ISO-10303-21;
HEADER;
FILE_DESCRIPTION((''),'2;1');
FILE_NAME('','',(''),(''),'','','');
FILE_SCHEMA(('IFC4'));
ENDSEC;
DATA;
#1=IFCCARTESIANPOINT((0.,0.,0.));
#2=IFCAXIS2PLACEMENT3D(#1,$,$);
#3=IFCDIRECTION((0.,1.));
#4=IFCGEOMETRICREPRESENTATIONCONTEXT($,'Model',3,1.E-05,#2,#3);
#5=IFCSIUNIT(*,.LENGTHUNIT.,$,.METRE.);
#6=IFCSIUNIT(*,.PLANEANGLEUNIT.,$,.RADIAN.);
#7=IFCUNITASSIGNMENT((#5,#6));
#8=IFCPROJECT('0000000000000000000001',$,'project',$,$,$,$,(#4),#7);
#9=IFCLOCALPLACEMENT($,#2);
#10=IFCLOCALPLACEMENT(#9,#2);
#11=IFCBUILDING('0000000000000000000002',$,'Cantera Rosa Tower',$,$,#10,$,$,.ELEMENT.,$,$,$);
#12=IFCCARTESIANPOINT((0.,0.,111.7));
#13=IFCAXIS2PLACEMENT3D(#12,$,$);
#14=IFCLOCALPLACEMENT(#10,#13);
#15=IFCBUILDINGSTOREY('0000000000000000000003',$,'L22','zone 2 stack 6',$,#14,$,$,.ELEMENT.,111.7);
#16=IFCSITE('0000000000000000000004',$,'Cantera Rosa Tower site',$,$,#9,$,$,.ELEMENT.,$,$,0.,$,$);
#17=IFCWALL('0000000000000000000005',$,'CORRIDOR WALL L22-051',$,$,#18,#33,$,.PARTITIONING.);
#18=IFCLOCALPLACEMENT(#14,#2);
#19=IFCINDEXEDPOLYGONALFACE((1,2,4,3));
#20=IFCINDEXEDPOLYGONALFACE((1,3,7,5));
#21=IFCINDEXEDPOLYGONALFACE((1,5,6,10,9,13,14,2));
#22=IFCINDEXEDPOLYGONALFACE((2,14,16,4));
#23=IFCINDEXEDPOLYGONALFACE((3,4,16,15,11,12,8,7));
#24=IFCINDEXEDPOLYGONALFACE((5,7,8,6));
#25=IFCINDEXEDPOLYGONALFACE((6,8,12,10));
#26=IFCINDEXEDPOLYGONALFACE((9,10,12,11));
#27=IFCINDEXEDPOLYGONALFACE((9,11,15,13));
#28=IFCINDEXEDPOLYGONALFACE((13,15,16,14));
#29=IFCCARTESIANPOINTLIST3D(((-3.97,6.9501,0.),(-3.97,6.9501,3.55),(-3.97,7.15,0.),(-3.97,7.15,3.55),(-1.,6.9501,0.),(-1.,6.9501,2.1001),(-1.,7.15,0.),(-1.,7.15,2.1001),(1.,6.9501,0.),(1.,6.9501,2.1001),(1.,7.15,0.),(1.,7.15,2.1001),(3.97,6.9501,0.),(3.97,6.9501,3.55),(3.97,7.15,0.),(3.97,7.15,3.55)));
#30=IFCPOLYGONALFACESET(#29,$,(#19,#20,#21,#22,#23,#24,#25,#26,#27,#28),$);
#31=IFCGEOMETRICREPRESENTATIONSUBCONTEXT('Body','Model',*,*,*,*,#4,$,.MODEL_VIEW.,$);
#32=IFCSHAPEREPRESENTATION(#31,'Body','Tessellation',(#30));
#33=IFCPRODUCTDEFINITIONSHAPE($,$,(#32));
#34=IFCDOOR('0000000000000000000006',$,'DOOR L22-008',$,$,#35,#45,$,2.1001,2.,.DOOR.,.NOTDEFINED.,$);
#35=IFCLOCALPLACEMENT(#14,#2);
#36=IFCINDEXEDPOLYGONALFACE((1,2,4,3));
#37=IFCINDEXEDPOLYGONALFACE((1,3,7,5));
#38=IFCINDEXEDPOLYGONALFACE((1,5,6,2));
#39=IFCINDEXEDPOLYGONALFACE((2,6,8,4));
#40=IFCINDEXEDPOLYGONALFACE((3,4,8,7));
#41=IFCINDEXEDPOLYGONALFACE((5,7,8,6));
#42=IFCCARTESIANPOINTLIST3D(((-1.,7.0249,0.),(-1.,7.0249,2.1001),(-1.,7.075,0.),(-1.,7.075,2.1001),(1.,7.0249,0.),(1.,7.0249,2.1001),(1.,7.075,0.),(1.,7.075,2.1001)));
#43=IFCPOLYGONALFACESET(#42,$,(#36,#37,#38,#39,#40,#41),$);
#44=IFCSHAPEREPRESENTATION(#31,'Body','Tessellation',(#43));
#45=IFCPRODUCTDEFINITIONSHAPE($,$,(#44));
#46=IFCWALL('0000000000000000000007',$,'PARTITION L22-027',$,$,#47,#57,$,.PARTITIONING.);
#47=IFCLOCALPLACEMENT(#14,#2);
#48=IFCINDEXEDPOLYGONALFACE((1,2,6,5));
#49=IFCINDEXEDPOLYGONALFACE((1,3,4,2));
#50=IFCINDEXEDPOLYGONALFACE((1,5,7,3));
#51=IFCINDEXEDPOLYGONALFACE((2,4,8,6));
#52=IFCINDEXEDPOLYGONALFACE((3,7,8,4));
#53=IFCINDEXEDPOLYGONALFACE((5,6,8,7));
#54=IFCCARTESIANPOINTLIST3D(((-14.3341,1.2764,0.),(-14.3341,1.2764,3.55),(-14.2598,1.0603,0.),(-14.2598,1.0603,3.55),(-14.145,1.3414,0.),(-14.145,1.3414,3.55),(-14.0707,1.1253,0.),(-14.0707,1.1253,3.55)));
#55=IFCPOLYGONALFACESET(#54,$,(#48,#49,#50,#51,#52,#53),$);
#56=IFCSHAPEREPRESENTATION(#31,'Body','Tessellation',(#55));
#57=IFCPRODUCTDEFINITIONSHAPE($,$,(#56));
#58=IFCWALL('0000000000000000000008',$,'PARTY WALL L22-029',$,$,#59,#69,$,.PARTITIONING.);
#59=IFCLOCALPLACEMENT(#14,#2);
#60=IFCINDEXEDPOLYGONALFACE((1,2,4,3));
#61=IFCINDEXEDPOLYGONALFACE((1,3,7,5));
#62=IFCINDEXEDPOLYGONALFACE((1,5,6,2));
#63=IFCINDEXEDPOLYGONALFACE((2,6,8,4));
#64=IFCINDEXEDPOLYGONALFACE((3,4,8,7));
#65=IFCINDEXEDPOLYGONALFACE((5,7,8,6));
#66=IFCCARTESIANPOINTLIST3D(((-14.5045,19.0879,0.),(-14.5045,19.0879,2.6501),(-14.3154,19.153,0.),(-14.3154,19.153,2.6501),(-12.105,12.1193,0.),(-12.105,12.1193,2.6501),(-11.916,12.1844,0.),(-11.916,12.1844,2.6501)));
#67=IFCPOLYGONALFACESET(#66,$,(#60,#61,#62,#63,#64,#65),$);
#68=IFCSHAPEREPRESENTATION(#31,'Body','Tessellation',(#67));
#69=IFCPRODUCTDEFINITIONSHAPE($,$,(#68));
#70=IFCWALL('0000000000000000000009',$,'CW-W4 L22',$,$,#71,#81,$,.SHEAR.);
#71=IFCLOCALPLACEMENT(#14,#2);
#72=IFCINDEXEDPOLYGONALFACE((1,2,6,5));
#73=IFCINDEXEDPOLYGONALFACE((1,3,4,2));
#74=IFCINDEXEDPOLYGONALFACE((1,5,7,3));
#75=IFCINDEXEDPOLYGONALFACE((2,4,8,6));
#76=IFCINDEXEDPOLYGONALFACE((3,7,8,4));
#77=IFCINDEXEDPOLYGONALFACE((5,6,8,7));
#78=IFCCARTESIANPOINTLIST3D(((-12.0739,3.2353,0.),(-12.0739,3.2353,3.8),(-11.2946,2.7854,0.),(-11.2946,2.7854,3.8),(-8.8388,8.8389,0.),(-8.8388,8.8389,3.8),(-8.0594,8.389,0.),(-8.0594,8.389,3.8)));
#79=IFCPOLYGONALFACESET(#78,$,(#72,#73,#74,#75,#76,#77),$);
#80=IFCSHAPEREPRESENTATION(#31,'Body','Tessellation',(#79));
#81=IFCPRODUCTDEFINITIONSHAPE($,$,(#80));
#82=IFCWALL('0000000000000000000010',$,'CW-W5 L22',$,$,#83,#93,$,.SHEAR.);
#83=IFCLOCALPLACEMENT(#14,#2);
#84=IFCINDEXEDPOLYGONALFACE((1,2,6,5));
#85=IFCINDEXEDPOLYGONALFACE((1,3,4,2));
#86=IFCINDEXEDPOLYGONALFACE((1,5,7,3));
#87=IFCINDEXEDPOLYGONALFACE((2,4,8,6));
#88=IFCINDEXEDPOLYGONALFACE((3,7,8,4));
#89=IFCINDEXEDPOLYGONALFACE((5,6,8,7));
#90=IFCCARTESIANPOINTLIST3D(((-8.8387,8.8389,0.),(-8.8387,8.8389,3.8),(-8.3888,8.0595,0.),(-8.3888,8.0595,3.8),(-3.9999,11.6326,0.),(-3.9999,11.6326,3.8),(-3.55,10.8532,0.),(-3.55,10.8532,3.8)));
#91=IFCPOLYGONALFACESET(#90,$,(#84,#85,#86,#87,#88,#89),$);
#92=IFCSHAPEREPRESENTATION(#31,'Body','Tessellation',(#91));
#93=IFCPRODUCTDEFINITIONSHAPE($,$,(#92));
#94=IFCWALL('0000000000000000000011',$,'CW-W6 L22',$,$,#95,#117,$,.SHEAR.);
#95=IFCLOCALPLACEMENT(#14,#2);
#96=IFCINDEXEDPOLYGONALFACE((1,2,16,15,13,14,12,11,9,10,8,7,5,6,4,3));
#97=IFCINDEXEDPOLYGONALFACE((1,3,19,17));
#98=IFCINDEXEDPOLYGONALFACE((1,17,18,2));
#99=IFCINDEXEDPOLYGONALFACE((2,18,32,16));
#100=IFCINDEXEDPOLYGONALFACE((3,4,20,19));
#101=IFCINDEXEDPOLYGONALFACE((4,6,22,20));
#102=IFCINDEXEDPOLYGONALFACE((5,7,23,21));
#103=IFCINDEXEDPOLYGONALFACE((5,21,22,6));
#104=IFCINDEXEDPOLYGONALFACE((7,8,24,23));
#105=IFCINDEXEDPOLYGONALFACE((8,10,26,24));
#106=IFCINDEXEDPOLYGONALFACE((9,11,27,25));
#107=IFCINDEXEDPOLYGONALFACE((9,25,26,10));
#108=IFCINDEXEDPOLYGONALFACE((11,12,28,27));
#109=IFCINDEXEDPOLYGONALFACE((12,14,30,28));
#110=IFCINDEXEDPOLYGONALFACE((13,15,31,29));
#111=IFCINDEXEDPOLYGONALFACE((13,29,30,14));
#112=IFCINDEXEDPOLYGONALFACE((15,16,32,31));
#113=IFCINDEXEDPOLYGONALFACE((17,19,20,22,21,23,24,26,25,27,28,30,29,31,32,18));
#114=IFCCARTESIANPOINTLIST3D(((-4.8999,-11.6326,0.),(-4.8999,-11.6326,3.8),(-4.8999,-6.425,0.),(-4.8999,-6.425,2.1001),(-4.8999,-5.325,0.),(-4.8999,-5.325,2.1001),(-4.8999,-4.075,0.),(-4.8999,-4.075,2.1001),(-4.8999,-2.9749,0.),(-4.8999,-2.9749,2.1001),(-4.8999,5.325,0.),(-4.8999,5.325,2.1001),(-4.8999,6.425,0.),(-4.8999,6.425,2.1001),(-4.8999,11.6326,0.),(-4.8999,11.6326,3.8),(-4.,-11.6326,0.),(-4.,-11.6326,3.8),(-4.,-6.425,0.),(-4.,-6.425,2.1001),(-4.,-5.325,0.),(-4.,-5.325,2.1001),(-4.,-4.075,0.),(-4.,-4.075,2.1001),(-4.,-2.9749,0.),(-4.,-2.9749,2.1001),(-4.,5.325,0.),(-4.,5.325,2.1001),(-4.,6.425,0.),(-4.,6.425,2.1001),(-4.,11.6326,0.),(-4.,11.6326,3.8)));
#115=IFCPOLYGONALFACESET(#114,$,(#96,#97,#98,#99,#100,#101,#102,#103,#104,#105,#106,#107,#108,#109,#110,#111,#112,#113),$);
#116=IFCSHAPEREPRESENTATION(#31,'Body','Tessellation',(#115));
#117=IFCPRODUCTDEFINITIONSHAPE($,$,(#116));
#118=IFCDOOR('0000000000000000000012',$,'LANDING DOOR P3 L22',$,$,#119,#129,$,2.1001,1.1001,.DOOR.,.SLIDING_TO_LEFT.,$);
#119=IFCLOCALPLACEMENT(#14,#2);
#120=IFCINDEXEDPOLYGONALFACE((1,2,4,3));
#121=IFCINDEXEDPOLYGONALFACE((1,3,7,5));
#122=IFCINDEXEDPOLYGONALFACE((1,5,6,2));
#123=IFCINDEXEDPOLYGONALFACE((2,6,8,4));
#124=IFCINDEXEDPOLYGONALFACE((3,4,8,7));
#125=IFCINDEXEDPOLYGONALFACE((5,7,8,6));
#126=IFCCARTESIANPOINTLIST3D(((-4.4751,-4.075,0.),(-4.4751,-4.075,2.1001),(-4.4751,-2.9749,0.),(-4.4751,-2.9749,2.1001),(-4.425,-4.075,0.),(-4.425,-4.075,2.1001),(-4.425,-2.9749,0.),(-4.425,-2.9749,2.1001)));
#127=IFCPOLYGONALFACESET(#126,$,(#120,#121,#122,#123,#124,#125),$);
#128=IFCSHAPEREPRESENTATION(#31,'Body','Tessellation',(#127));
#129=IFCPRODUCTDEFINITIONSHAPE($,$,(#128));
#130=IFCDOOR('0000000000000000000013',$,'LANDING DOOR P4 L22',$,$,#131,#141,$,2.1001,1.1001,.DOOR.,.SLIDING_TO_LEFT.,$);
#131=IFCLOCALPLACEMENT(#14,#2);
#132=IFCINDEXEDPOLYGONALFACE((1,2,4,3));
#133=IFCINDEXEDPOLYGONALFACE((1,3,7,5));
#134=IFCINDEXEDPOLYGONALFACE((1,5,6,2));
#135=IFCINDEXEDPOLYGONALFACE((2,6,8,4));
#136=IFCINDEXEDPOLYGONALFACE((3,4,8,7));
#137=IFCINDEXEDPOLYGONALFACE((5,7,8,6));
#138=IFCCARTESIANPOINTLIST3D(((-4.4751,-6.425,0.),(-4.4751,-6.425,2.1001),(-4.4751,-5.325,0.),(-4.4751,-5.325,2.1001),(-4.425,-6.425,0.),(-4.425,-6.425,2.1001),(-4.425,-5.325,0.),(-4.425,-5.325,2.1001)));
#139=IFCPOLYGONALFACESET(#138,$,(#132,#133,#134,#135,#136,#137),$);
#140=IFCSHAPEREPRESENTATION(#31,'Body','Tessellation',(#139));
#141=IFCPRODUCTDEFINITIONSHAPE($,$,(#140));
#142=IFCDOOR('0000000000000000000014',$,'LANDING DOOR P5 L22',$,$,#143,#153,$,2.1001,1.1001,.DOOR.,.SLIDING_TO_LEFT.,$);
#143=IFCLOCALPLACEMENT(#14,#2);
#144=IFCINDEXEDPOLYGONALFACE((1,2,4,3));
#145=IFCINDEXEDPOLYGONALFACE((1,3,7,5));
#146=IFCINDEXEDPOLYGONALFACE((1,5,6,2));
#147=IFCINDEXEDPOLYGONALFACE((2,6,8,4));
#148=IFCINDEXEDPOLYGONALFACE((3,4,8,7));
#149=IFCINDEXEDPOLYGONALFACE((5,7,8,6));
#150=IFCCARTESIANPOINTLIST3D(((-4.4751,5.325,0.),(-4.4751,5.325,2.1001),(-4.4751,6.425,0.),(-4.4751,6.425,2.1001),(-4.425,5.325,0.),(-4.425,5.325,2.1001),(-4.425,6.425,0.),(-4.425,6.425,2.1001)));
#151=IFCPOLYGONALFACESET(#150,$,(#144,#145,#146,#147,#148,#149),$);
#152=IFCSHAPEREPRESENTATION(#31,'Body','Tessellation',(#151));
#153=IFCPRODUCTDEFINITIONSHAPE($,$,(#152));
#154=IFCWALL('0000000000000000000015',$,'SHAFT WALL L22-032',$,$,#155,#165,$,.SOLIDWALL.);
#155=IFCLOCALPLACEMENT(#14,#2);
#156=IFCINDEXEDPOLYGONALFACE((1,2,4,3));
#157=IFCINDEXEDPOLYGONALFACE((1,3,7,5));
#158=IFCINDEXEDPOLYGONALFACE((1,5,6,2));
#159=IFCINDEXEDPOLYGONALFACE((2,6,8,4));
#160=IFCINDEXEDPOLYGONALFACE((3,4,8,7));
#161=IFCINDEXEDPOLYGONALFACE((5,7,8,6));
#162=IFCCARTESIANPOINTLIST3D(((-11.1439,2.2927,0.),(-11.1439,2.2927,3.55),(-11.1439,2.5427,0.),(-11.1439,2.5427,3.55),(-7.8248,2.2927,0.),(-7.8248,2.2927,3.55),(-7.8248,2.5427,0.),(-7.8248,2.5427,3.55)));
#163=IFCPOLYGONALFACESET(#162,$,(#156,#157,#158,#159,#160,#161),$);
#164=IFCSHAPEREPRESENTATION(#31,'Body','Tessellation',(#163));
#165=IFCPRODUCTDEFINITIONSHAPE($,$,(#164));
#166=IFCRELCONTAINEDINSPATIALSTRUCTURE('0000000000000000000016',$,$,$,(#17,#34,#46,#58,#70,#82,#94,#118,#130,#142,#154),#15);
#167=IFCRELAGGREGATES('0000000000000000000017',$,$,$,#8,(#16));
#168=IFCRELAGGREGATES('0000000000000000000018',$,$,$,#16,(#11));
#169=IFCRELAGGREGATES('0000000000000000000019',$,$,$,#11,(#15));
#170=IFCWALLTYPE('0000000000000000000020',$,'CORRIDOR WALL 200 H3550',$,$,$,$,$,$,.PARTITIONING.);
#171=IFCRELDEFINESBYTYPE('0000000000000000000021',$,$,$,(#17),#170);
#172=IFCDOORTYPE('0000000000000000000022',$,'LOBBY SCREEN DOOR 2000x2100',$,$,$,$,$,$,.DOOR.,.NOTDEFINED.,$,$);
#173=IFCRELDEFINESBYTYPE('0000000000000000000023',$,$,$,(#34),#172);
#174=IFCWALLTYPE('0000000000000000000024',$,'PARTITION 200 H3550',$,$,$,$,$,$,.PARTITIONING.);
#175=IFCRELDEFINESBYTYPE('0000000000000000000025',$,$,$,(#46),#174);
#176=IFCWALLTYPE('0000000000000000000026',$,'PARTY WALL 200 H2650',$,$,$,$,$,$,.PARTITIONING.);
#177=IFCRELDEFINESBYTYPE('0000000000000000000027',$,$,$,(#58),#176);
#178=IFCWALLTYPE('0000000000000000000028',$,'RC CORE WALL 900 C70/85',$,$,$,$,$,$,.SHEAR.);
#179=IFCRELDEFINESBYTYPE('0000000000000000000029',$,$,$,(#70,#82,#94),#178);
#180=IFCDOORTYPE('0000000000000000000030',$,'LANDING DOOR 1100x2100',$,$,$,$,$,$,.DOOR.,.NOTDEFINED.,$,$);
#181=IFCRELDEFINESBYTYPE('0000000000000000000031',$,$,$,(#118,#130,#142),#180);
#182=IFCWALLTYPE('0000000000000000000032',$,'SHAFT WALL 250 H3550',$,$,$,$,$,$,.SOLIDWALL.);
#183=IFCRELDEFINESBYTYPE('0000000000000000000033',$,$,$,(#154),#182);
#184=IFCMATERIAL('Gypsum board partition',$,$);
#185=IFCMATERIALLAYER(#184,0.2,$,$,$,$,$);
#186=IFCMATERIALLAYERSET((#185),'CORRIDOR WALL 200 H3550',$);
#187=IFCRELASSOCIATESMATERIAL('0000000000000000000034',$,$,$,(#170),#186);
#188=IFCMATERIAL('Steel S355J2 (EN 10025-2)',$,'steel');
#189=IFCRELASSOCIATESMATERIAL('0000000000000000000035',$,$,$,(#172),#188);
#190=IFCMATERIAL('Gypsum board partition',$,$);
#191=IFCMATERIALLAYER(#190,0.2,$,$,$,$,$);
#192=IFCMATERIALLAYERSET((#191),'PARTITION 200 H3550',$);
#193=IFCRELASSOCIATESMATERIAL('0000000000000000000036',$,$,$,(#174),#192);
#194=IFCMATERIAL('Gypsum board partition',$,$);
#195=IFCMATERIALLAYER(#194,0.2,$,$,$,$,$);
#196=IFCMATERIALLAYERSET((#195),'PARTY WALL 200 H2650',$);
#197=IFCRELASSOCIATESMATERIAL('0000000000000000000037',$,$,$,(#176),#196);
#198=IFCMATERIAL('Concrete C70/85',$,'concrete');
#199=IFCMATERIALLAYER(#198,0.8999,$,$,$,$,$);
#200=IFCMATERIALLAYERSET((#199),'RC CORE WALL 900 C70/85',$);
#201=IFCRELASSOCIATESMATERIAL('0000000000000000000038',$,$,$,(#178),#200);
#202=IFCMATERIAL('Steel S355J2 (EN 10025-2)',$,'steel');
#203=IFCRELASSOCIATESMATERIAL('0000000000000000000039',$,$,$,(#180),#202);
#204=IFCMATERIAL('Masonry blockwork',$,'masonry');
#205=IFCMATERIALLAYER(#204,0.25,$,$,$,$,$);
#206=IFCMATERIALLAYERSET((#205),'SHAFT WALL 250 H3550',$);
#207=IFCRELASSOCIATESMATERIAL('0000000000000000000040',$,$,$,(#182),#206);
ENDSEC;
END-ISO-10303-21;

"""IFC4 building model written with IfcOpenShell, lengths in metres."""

from ifc_helpers import new_model, si_unit, direction, frame, frame_2d, origin, place, context, subcontext, project, spatial, rectangle, extrude, material, layer, layer_set, type_object, element, fill, save


model = new_model("IFC4")

# Units and contexts
model_context = context("Model", 3, precision=1e-05, world=origin(), true_north=direction((0.0, 1.0)))
body_context = subcontext(model_context, "Body", "Model", "MODEL_VIEW")
ifc_project = project(units=[si_unit("LENGTHUNIT", "METRE"), si_unit("PLANEANGLEUNIT", "RADIAN")], contexts=[model_context])

# Site, building, storey
site_placement = place(None, origin())
site = spatial("IfcSite", under=ifc_project, at=site_placement, Name="Cantera Rosa Tower site", CompositionType="ELEMENT", RefElevation=0.0)
building_placement = place(site_placement, origin())
building = spatial("IfcBuilding", under=site, at=building_placement, Name="Cantera Rosa Tower", CompositionType="ELEMENT")
storey_placement = place(building_placement, frame((0.0, 0.0, 111.7)))
storey = spatial("IfcBuildingStorey", under=building, at=storey_placement, Name="L22", Description="zone 2 stack 6", CompositionType="ELEMENT", Elevation=111.7)

# Shared definitions
ifc_material_1 = material(Name="Gypsum board partition")
ifc_layer_1 = layer(ifc_material_1, 0.2)
ifc_layer_set_1 = layer_set([ifc_layer_1], Name="CORRIDOR WALL 200 H3550")
wall_type_1 = type_object("IfcWallType", Name="CORRIDOR WALL 200 H3550", PredefinedType="PARTITIONING", material=ifc_layer_set_1)

# Wall, opening, door
wall_1_placement = place(storey_placement, frame((-3.97, 7.05, 0.0), z_axis=(0.0, 0.0, 1.0), x_axis=(1.0, 0.0, 0.0)))
wall_1 = element("IfcWall", 1, at=wall_1_placement, inside=storey, type_object=wall_type_1, Name="CORRIDOR WALL L22-051", PredefinedType="PARTITIONING", context=body_context, shape_type="SweptSolid", body=[
    extrude(rectangle(XDim=7.9399, YDim=0.2, at=frame_2d((3.97, 0.0))), origin(), (0.0, 0.0, 1.0), 3.55),
])
opening_1_placement = place(wall_1_placement, frame((2.97, 0.0, 0.0)))
opening_1 = element("IfcOpeningElement", 2, at=opening_1_placement, cuts=wall_1, PredefinedType="OPENING", context=body_context, shape_type="SweptSolid", body=[
    extrude(rectangle(XDim=2.0, YDim=2.1001, at=frame_2d((1.0, 1.05))), frame((0.0, 0.1099, 0.0), z_axis=(0.0, -1.0, 0.0), x_axis=(1.0, 0.0, 0.0)), (0.0, 0.0, 1.0), 0.22),
])
ifc_material_2 = material(Name="Steel S355J2 (EN 10025-2)", Category="steel")
door_type_1 = type_object("IfcDoorType", Name="LOBBY SCREEN DOOR 2000x2100", OperationType="NOTDEFINED", PredefinedType="DOOR", material=ifc_material_2)
door_1_placement = place(opening_1_placement, origin())
door_1 = element("IfcDoor", 3, at=door_1_placement, inside=storey, type_object=door_type_1, Name="DOOR L22-008", OperationType="NOTDEFINED", OverallHeight=2.1001, OverallWidth=2.0, PredefinedType="DOOR", context=body_context, shape_type="SweptSolid", body=[
    extrude(rectangle(XDim=2.0, YDim=2.1001, at=frame_2d((1.0, 1.05))), frame((0.0, 0.0249, 0.0), z_axis=(0.0, -1.0, 0.0), x_axis=(1.0, 0.0, 0.0)), (0.0, 0.0, 1.0), 0.05),
])
fill(opening_1, door_1)

# Walls
ifc_material_3 = material(Name="Gypsum board partition")
ifc_layer_2 = layer(ifc_material_3, 0.2)
ifc_layer_set_2 = layer_set([ifc_layer_2], Name="PARTITION 200 H3550")
wall_type_2 = type_object("IfcWallType", Name="PARTITION 200 H3550", PredefinedType="PARTITIONING", material=ifc_layer_set_2)
wall_2_placement = place(storey_placement, frame((-14.1653, 1.0928, 0.0), z_axis=(0.0, 0.0, 1.0), x_axis=(-0.324871, 0.945758, 0.0)))
element("IfcWall", 4, at=wall_2_placement, inside=storey, type_object=wall_type_2, Name="PARTITION L22-027", PredefinedType="PARTITIONING", context=body_context, shape_type="SweptSolid", body=[
    extrude(rectangle(XDim=0.2285, YDim=0.2, at=frame_2d((0.1143, 0.0))), origin(), (0.0, 0.0, 1.0), 3.55),
])
ifc_material_4 = material(Name="Gypsum board partition")
ifc_layer_3 = layer(ifc_material_4, 0.2)
ifc_layer_set_3 = layer_set([ifc_layer_3], Name="PARTY WALL 200 H2650")
wall_type_3 = type_object("IfcWallType", Name="PARTY WALL 200 H2650", PredefinedType="PARTITIONING", material=ifc_layer_set_3)
wall_3_placement = place(storey_placement, frame((-12.0105, 12.1519, 0.0), z_axis=(0.0, 0.0, 1.0), x_axis=(-0.325564, 0.94552, 0.0)))
element("IfcWall", 5, at=wall_3_placement, inside=storey, type_object=wall_type_3, Name="PARTY WALL L22-029", PredefinedType="PARTITIONING", context=body_context, shape_type="SweptSolid", body=[
    extrude(rectangle(XDim=7.3701, YDim=0.2, at=frame_2d((3.6851, 0.0))), origin(), (0.0, 0.0, 1.0), 2.6501),
])
ifc_material_5 = material(Name="Concrete C70/85", Category="concrete")
ifc_layer_4 = layer(ifc_material_5, 0.8999)
ifc_layer_set_4 = layer_set([ifc_layer_4], Name="RC CORE WALL 900 C70/85")
wall_type_4 = type_object("IfcWallType", Name="RC CORE WALL 900 C70/85", PredefinedType="SHEAR", material=ifc_layer_set_4)
wall_4_placement = place(storey_placement, frame((-11.6843, 3.0103, 0.0), z_axis=(0.0, 0.0, 1.0), x_axis=(0.49999, 0.866031, 0.0)))
element("IfcWall", 6, at=wall_4_placement, inside=storey, type_object=wall_type_4, Name="CW-W4 L22", PredefinedType="SHEAR", context=body_context, shape_type="SweptSolid", body=[
    extrude(rectangle(XDim=6.4705, YDim=0.8999, at=frame_2d((3.2354, 0.0))), origin(), (0.0, 0.0, 1.0), 3.8),
])
wall_5_placement = place(storey_placement, frame((-8.6138, 8.4492, 0.0), z_axis=(0.0, 0.0, 1.0), x_axis=(0.866027, 0.499997, 0.0)))
element("IfcWall", 7, at=wall_5_placement, inside=storey, type_object=wall_type_4, Name="CW-W5 L22", PredefinedType="SHEAR", context=body_context, shape_type="SweptSolid", body=[
    extrude(rectangle(XDim=5.5874, YDim=0.8999, at=frame_2d((2.7937, 0.0))), origin(), (0.0, 0.0, 1.0), 3.8),
])

# Wall, openings, doors
wall_6_placement = place(storey_placement, frame((-4.45, 11.6326, 0.0), z_axis=(0.0, 0.0, 1.0), x_axis=(0.0, -1.0, 0.0)))
wall_6 = element("IfcWall", 8, at=wall_6_placement, inside=storey, type_object=wall_type_4, Name="CW-W6 L22", PredefinedType="SHEAR", context=body_context, shape_type="SweptSolid", body=[
    extrude(rectangle(XDim=23.2651, YDim=0.8999, at=frame_2d((11.6326, 0.0))), origin(), (0.0, 0.0, 1.0), 3.8),
])
opening_2_placement = place(wall_6_placement, frame((14.6074, 0.0, 0.0)))
opening_2 = element("IfcOpeningElement", 9, at=opening_2_placement, cuts=wall_6, PredefinedType="OPENING", context=body_context, shape_type="SweptSolid", body=[
    extrude(rectangle(XDim=1.1001, YDim=2.1001, at=frame_2d((0.55, 1.05))), frame((0.0, 0.46, 0.0), z_axis=(0.0, -1.0, 0.0), x_axis=(1.0, 0.0, 0.0)), (0.0, 0.0, 1.0), 0.9199),
])
opening_3_placement = place(wall_6_placement, frame((16.9575, 0.0, 0.0)))
opening_3 = element("IfcOpeningElement", 10, at=opening_3_placement, cuts=wall_6, PredefinedType="OPENING", context=body_context, shape_type="SweptSolid", body=[
    extrude(rectangle(XDim=1.1001, YDim=2.1001, at=frame_2d((0.55, 1.05))), frame((0.0, 0.46, 0.0), z_axis=(0.0, -1.0, 0.0), x_axis=(1.0, 0.0, 0.0)), (0.0, 0.0, 1.0), 0.9199),
])
opening_4_placement = place(wall_6_placement, frame((5.2075, 0.0, 0.0)))
opening_4 = element("IfcOpeningElement", 11, at=opening_4_placement, cuts=wall_6, PredefinedType="OPENING", context=body_context, shape_type="SweptSolid", body=[
    extrude(rectangle(XDim=1.1001, YDim=2.1001, at=frame_2d((0.55, 1.05))), frame((0.0, 0.46, 0.0), z_axis=(0.0, -1.0, 0.0), x_axis=(1.0, 0.0, 0.0)), (0.0, 0.0, 1.0), 0.9199),
])
ifc_material_6 = material(Name="Steel S355J2 (EN 10025-2)", Category="steel")
door_type_2 = type_object("IfcDoorType", Name="LANDING DOOR 1100x2100", OperationType="NOTDEFINED", PredefinedType="DOOR", material=ifc_material_6)
door_2_placement = place(opening_2_placement, origin())
door_2 = element("IfcDoor", 12, at=door_2_placement, inside=storey, type_object=door_type_2, Name="LANDING DOOR P3 L22", OperationType="SLIDING_TO_LEFT", OverallHeight=2.1001, OverallWidth=1.1001, PredefinedType="DOOR", context=body_context, shape_type="SweptSolid", body=[
    extrude(rectangle(XDim=1.1001, YDim=2.1001, at=frame_2d((0.55, 1.05))), frame((0.0, 0.0249, 0.0), z_axis=(0.0, -1.0, 0.0), x_axis=(1.0, 0.0, 0.0)), (0.0, 0.0, 1.0), 0.05),
])
fill(opening_2, door_2)
door_3_placement = place(opening_3_placement, origin())
door_3 = element("IfcDoor", 13, at=door_3_placement, inside=storey, type_object=door_type_2, Name="LANDING DOOR P4 L22", OperationType="SLIDING_TO_LEFT", OverallHeight=2.1001, OverallWidth=1.1001, PredefinedType="DOOR", context=body_context, shape_type="SweptSolid", body=[
    extrude(rectangle(XDim=1.1001, YDim=2.1001, at=frame_2d((0.55, 1.05))), frame((0.0, 0.0249, 0.0), z_axis=(0.0, -1.0, 0.0), x_axis=(1.0, 0.0, 0.0)), (0.0, 0.0, 1.0), 0.05),
])
fill(opening_3, door_3)
door_4_placement = place(opening_4_placement, origin())
door_4 = element("IfcDoor", 14, at=door_4_placement, inside=storey, type_object=door_type_2, Name="LANDING DOOR P5 L22", OperationType="SLIDING_TO_LEFT", OverallHeight=2.1001, OverallWidth=1.1001, PredefinedType="DOOR", context=body_context, shape_type="SweptSolid", body=[
    extrude(rectangle(XDim=1.1001, YDim=2.1001, at=frame_2d((0.55, 1.05))), frame((0.0, 0.0249, 0.0), z_axis=(0.0, -1.0, 0.0), x_axis=(1.0, 0.0, 0.0)), (0.0, 0.0, 1.0), 0.05),
])
fill(opening_4, door_4)

# Wall
ifc_material_7 = material(Name="Masonry blockwork", Category="masonry")
ifc_layer_5 = layer(ifc_material_7, 0.25)
ifc_layer_set_5 = layer_set([ifc_layer_5], Name="SHAFT WALL 250 H3550")
wall_type_5 = type_object("IfcWallType", Name="SHAFT WALL 250 H3550", PredefinedType="SOLIDWALL", material=ifc_layer_set_5)
wall_7_placement = place(storey_placement, frame((-11.144, 2.4177, 0.0), z_axis=(0.0, 0.0, 1.0), x_axis=(1.0, 0.0, 0.0)))
element("IfcWall", 15, at=wall_7_placement, inside=storey, type_object=wall_type_5, Name="SHAFT WALL L22-032", PredefinedType="SOLIDWALL", context=body_context, shape_type="SweptSolid", body=[
    extrude(rectangle(XDim=3.3191, YDim=0.25, at=frame_2d((1.6597, 0.0))), origin(), (0.0, 0.0, 1.0), 3.55),
])

save(model, "model.ifc")
